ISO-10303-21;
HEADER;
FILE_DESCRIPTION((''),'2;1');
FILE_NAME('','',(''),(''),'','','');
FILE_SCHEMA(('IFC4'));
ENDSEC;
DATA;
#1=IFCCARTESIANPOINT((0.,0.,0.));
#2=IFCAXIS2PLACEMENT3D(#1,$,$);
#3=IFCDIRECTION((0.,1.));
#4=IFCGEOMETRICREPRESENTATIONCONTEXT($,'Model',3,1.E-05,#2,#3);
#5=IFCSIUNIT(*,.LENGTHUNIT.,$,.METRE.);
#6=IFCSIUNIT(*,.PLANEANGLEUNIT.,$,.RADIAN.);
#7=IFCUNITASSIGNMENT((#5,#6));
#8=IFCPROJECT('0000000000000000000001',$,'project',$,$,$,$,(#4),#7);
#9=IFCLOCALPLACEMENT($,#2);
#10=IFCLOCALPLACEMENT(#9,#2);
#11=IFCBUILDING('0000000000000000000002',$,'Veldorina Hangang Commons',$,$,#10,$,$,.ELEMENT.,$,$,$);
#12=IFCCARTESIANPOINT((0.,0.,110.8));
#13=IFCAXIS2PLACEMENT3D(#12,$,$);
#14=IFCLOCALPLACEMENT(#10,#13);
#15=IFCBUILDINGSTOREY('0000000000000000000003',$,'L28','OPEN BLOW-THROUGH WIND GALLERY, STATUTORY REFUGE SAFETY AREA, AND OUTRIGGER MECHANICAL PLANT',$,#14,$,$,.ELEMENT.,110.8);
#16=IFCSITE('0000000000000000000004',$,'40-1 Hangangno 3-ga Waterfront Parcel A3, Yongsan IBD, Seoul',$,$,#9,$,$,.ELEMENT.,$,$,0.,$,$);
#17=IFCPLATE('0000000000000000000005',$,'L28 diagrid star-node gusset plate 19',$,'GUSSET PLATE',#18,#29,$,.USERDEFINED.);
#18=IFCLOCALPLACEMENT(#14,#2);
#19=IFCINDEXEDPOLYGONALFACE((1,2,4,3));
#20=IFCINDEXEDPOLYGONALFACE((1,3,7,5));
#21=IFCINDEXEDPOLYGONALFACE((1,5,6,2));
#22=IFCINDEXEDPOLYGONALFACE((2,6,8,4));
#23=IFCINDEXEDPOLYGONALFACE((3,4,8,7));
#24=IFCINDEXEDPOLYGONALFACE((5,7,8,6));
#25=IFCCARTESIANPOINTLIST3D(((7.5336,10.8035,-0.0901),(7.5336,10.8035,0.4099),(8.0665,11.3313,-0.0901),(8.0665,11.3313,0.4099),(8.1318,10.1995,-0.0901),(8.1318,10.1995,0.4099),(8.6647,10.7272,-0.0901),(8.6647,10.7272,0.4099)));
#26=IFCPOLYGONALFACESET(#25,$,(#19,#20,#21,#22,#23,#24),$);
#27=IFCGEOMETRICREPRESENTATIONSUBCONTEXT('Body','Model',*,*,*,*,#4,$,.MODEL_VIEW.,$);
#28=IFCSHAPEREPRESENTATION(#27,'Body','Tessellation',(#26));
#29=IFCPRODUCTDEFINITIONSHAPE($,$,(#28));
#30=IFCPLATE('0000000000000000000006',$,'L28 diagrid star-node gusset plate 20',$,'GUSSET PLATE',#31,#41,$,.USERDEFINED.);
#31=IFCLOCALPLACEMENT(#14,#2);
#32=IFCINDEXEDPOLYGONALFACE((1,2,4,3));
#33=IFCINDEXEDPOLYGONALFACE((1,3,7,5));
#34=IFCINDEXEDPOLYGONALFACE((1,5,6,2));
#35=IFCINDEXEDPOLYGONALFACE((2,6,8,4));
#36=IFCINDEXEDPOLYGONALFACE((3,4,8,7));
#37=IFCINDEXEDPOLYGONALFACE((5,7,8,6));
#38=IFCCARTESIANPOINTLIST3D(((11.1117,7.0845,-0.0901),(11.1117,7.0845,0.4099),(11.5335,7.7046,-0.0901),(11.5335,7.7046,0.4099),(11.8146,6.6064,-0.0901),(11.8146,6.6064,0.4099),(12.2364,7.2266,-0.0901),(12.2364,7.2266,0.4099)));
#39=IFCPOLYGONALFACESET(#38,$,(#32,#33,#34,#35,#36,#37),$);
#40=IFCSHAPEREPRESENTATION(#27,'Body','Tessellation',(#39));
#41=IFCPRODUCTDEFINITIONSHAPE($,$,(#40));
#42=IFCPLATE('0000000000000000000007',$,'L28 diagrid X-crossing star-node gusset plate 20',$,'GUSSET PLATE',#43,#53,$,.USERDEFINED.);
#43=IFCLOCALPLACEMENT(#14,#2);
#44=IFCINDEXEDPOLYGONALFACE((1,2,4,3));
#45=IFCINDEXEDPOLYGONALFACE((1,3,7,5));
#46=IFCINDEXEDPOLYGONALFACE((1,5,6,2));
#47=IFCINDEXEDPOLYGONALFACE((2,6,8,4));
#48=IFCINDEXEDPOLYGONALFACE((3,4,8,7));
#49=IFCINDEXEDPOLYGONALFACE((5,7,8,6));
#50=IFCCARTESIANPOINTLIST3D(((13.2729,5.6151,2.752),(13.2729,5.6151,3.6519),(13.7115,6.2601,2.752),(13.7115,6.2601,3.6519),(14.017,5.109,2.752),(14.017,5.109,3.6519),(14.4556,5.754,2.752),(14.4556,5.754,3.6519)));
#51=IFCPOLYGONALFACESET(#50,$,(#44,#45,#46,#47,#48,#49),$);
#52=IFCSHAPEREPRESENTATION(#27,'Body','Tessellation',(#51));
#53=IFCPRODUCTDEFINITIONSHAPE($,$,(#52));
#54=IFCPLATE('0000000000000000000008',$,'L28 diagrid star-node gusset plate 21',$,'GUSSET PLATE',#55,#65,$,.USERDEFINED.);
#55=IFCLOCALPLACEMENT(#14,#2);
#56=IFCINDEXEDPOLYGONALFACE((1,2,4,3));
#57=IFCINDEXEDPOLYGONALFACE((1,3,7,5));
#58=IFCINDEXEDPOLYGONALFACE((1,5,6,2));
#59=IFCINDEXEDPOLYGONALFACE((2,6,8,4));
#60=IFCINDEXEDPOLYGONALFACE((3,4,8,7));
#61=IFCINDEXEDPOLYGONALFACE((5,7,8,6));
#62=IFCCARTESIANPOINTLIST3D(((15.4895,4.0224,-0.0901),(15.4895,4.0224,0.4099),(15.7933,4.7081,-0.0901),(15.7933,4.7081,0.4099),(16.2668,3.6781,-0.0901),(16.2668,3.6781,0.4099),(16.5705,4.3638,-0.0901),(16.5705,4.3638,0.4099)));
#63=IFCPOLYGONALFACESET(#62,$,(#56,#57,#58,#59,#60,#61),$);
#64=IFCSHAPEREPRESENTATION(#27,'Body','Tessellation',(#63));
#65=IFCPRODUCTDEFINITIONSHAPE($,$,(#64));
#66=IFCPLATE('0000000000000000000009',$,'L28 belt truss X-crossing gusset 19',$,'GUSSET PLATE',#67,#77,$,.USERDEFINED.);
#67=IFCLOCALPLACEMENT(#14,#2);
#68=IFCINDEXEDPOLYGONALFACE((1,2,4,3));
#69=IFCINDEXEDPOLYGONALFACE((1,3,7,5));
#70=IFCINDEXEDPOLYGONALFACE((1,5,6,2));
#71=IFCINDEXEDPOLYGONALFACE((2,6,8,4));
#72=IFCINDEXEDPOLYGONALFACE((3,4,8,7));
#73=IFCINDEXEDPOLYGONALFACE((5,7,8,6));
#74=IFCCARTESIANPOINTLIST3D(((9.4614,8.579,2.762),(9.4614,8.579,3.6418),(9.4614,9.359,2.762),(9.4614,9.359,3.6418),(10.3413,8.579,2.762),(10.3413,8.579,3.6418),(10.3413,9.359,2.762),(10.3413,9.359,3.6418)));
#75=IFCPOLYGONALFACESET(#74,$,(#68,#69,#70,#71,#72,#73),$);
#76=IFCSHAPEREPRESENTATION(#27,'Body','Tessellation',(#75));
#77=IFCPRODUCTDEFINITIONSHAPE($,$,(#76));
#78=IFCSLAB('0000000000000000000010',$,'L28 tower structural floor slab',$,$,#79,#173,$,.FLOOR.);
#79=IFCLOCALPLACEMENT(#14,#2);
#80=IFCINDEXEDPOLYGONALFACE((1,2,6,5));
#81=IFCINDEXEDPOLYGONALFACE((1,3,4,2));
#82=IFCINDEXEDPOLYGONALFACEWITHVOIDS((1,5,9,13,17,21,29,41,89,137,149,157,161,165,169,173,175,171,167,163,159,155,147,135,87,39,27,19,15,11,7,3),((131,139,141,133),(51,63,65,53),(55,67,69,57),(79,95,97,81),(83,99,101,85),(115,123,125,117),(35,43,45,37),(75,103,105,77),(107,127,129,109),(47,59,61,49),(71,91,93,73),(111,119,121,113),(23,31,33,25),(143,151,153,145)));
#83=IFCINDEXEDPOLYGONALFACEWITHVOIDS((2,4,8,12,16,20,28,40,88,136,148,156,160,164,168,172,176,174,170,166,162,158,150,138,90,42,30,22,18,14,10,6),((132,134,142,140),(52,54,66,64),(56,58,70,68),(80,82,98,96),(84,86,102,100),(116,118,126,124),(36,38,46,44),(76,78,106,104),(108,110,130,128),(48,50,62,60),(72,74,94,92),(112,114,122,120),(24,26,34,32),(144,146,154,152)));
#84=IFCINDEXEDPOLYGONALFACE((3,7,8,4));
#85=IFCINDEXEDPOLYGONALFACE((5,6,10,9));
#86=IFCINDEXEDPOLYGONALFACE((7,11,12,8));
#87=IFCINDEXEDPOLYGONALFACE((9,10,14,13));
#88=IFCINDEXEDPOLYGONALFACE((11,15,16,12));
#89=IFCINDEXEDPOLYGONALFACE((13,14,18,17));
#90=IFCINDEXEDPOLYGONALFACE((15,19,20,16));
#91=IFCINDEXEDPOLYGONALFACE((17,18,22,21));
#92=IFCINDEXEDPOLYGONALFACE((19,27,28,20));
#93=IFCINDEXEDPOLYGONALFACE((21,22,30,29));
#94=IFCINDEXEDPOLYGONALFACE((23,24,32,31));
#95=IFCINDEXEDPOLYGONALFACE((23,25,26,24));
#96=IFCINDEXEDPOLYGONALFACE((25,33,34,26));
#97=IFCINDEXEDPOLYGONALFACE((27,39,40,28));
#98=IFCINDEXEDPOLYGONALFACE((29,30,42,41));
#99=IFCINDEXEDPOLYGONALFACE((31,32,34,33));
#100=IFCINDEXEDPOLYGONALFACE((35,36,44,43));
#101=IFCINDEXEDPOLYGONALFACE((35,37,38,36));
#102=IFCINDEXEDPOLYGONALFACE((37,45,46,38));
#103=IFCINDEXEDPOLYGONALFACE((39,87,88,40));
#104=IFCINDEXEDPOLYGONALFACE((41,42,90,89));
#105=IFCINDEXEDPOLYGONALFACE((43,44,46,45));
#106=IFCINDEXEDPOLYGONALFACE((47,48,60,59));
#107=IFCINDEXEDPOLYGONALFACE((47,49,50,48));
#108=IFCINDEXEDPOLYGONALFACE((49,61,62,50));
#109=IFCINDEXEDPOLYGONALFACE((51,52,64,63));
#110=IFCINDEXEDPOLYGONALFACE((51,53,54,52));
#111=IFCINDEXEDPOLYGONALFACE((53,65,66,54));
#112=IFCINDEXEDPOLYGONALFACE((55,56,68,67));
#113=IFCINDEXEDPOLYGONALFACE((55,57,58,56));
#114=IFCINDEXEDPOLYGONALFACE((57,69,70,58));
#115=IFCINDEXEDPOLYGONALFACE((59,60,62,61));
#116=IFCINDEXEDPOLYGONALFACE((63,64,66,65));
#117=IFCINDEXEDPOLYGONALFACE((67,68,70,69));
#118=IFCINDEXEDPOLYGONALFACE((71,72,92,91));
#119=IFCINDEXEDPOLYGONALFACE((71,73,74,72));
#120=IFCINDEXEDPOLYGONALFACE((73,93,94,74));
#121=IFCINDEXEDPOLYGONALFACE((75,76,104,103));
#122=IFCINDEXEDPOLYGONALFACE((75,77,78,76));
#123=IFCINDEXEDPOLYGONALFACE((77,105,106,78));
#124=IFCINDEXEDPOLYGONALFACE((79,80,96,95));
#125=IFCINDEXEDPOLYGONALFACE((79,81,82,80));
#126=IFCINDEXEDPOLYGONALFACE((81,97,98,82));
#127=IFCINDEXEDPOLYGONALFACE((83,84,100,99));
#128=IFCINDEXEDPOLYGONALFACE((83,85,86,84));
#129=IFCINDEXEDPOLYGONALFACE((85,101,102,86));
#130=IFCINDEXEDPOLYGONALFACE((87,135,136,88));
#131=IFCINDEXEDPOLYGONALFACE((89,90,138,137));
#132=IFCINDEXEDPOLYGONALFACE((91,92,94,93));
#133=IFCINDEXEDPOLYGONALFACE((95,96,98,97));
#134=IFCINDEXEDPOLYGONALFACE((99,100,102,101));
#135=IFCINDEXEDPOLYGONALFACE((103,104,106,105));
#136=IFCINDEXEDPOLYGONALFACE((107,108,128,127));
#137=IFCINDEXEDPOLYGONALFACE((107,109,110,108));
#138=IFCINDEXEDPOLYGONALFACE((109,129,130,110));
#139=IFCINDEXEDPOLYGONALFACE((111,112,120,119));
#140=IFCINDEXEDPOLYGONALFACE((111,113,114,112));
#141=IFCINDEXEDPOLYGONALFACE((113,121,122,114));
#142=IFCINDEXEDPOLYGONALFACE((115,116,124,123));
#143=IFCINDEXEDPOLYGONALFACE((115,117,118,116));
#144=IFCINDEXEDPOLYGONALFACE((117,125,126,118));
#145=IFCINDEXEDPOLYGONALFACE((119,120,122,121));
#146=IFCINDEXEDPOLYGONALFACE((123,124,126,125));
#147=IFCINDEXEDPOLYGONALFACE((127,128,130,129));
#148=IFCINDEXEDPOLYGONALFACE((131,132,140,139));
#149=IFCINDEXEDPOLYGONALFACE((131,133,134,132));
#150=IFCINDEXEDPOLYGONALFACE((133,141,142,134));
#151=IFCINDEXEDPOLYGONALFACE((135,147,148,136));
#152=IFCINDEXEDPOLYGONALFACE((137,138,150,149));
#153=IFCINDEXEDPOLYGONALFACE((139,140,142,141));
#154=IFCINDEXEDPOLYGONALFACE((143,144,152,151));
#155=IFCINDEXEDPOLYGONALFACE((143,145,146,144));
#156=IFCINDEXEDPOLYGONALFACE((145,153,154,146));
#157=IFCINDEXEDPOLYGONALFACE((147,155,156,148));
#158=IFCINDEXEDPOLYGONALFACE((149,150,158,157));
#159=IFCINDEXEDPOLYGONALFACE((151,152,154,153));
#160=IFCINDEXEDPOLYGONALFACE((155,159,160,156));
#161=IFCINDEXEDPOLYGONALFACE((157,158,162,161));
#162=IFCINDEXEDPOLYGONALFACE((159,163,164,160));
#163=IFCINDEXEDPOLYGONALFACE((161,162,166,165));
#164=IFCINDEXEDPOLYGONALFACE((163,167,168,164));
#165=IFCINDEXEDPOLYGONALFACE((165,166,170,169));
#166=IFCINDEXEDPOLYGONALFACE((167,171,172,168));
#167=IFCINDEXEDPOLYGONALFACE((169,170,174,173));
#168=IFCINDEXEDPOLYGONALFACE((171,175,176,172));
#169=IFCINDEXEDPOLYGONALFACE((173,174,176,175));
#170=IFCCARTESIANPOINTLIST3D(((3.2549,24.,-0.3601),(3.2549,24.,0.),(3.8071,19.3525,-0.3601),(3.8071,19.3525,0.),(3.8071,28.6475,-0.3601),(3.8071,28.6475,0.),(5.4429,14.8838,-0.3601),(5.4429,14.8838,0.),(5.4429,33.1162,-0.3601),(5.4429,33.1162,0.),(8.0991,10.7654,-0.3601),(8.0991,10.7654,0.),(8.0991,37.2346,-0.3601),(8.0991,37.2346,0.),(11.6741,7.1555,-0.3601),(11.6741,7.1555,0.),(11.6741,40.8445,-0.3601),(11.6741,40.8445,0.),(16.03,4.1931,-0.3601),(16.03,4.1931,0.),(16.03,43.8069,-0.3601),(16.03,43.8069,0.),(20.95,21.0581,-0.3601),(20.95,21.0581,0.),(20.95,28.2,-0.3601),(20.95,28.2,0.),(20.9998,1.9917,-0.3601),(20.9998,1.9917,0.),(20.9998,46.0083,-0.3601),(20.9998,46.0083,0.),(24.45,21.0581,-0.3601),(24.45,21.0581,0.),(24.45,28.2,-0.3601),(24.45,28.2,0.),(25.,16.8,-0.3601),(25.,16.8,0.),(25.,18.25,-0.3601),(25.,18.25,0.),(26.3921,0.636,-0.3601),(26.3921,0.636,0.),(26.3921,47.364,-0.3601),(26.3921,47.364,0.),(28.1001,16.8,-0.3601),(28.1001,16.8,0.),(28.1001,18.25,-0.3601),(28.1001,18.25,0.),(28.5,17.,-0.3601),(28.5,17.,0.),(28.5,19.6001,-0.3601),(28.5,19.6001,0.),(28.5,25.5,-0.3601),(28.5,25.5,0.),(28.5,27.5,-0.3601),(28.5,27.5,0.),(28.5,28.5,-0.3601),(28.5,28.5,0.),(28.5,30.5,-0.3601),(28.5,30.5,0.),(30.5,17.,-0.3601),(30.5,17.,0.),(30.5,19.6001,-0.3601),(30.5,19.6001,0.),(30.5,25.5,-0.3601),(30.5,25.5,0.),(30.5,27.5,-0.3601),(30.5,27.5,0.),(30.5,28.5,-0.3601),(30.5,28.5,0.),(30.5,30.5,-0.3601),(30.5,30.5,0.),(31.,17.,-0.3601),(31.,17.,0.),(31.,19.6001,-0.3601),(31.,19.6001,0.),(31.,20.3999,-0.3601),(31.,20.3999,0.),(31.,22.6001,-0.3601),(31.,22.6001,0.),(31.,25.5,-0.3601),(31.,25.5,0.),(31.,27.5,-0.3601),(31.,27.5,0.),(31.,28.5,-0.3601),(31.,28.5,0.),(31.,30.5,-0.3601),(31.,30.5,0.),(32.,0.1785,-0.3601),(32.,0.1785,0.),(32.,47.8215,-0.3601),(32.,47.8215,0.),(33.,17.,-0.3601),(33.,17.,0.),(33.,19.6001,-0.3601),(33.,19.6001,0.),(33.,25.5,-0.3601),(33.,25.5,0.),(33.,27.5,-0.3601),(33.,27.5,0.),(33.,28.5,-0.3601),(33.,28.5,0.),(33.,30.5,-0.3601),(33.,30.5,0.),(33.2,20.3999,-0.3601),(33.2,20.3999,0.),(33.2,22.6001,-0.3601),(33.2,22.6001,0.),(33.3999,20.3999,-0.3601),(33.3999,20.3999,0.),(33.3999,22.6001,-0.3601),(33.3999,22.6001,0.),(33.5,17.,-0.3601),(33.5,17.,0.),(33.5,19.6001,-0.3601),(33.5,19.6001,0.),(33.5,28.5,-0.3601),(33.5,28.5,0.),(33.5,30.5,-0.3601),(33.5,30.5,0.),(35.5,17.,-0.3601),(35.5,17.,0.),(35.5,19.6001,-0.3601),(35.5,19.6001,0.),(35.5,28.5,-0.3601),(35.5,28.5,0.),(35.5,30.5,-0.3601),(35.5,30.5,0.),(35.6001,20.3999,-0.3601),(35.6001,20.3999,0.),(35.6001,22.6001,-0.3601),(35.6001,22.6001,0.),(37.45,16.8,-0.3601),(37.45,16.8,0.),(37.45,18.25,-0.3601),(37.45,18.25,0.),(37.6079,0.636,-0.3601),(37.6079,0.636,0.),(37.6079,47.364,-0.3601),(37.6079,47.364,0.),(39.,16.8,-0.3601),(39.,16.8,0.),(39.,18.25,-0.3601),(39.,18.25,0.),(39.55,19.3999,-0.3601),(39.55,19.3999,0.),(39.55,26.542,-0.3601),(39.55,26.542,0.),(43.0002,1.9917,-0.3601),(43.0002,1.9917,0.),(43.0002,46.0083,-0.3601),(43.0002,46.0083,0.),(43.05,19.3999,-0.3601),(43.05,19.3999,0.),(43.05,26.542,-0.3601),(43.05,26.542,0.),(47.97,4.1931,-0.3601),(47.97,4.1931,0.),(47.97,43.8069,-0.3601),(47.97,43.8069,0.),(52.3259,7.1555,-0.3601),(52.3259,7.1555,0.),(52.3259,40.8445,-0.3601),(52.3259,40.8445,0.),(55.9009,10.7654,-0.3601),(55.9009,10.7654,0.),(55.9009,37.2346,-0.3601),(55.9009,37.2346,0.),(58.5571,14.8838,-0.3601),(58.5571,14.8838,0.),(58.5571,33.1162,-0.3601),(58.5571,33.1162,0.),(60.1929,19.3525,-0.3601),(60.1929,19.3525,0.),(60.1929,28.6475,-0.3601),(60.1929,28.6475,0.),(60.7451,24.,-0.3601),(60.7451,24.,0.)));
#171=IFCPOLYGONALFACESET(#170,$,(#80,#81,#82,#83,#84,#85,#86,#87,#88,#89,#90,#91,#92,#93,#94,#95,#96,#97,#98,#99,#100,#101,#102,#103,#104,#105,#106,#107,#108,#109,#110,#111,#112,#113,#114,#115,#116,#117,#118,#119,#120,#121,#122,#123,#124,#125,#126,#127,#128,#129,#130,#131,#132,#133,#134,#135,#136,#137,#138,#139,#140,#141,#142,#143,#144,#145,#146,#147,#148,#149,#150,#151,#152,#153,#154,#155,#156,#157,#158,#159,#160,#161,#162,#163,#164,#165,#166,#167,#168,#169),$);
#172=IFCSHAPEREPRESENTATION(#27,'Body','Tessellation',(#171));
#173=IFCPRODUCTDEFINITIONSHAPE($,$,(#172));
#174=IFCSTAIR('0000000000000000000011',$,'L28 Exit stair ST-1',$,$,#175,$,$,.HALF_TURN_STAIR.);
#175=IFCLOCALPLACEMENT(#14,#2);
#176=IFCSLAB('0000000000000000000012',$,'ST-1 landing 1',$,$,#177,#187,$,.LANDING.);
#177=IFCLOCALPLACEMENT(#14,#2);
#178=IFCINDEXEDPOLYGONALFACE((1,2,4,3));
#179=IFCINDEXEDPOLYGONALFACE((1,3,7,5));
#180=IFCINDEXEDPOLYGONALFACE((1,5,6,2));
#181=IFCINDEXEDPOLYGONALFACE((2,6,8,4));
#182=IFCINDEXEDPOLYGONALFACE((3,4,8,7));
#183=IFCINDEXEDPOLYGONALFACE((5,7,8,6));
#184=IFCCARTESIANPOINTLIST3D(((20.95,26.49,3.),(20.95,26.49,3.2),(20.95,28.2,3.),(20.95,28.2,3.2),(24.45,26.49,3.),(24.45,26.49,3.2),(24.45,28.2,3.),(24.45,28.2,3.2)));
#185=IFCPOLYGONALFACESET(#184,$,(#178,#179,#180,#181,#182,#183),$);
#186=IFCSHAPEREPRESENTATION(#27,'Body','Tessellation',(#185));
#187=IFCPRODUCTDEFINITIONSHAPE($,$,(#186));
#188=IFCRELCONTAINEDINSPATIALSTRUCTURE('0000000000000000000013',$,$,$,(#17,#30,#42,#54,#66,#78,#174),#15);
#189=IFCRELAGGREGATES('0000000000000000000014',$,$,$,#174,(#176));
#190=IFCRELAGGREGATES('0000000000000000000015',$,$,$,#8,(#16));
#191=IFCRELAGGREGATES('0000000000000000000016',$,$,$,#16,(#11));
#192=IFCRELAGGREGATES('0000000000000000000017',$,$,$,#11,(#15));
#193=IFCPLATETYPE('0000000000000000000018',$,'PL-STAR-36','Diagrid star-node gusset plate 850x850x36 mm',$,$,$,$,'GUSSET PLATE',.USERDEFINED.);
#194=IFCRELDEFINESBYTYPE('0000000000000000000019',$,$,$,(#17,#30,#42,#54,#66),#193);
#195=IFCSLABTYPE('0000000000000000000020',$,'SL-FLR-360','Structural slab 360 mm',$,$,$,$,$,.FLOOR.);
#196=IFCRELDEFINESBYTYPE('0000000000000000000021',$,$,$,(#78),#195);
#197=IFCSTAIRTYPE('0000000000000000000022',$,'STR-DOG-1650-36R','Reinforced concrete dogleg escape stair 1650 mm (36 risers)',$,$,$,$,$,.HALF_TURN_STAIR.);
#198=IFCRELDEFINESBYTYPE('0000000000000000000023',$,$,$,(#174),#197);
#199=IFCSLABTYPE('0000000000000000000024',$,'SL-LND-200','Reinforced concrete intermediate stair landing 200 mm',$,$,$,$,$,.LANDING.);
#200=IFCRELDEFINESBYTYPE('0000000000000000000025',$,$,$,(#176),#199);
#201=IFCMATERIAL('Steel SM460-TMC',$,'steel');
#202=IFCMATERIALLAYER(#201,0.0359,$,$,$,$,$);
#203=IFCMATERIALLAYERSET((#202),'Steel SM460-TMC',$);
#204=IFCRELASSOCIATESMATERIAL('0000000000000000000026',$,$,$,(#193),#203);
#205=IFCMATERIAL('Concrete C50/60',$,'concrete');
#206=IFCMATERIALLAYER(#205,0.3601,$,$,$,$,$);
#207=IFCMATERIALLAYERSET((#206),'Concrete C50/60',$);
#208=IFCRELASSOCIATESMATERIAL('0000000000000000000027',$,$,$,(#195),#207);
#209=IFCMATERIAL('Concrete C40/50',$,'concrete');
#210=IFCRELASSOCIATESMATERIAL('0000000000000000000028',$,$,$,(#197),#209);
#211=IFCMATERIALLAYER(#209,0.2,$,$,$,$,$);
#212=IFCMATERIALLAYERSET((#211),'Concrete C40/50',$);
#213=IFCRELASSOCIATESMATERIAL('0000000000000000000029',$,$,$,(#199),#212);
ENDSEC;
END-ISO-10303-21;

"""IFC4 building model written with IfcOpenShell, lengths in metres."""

from ifc_helpers import new_model, si_unit, direction, frame, origin, origin_2d, place, context, subcontext, project, spatial, polyline, rectangle, outline, extrude, material, layer, layer_set, type_object, element, aggregate, save


model = new_model("IFC4")

# Units and contexts
model_context = context("Model", 3, precision=1e-05, world=origin(), true_north=direction((0.0, 1.0)))
body_context = subcontext(model_context, "Body", "Model", "MODEL_VIEW")
ifc_project = project(units=[si_unit("LENGTHUNIT", "METRE"), si_unit("PLANEANGLEUNIT", "RADIAN")], contexts=[model_context])

# Site, building, storey
site_placement = place(None, origin())
site = spatial("IfcSite", under=ifc_project, at=site_placement, Name="40-1 Hangangno 3-ga Waterfront Parcel A3, Yongsan IBD, Seoul", CompositionType="ELEMENT", RefElevation=0.0)
building_placement = place(site_placement, origin())
building = spatial("IfcBuilding", under=site, at=building_placement, Name="Veldorina Hangang Commons", CompositionType="ELEMENT")
storey_placement = place(building_placement, frame((0.0, 0.0, 110.8)))
storey = spatial("IfcBuildingStorey", under=building, at=storey_placement, Name="L28", Description="OPEN BLOW-THROUGH WIND GALLERY, STATUTORY REFUGE SAFETY AREA, AND OUTRIGGER MECHANICAL PLANT", CompositionType="ELEMENT", Elevation=110.8)

# Shared definitions
ifc_material_1 = material(Name="Steel SM460-TMC", Category="steel")

# Plates
ifc_layer_1 = layer(ifc_material_1, 0.0359)
ifc_layer_set_1 = layer_set([ifc_layer_1], Name="Steel SM460-TMC")
plate_type = type_object("IfcPlateType", Name="PL-STAR-36", Description="Diagrid star-node gusset plate 850x850x36 mm", ElementType="GUSSET PLATE", PredefinedType="USERDEFINED", material=ifc_layer_set_1)
for number, where, z_axis, x_axis, name in (
    (1, (8.0991, 10.7654, -0.0901), (0.0, 0.0, 1.0), (0.703668, -0.710529, 0.0), "L28 diagrid star-node gusset plate 19"),
    (2, (11.6741, 7.1555, -0.0901), (0.0, 0.0, 1.0), (0.826884, -0.562372, 0.0), "L28 diagrid star-node gusset plate 20"),
):
    element("IfcPlate", number, at=place(storey_placement, frame(where, z_axis=z_axis, x_axis=x_axis)), inside=storey, type_object=plate_type, Name=name, ObjectType="GUSSET PLATE", PredefinedType="USERDEFINED", context=body_context, shape_type="SweptSolid", body=[
        extrude(rectangle(XDim=0.8501, YDim=0.75, at=origin_2d()), origin(), (0.0, 0.0, 1.0), 0.5),
    ])
plate_1_placement = place(storey_placement, frame((13.8643, 5.6846, 2.752), z_axis=(0.0, 0.0, 1.0), x_axis=(0.826884, -0.562372, 0.0)))
element("IfcPlate", 3, at=plate_1_placement, inside=storey, type_object=plate_type, Name="L28 diagrid X-crossing star-node gusset plate 20", ObjectType="GUSSET PLATE", PredefinedType="USERDEFINED", context=body_context, shape_type="SweptSolid", body=[
    extrude(rectangle(XDim=0.8999, YDim=0.78, at=origin_2d()), origin(), (0.0, 0.0, 1.0), 0.8999),
])
plate_2_placement = place(storey_placement, frame((16.03, 4.1931, -0.0901), z_axis=(0.0, 0.0, 1.0), x_axis=(0.914311, -0.405014, 0.0)))
element("IfcPlate", 4, at=plate_2_placement, inside=storey, type_object=plate_type, Name="L28 diagrid star-node gusset plate 21", ObjectType="GUSSET PLATE", PredefinedType="USERDEFINED", context=body_context, shape_type="SweptSolid", body=[
    extrude(rectangle(XDim=0.8501, YDim=0.75, at=origin_2d()), origin(), (0.0, 0.0, 1.0), 0.5),
])
plate_3_placement = place(storey_placement, frame((9.9014, 8.969, 2.762), z_axis=(0.0, 0.0, 1.0), x_axis=(1.0, 0.0, 0.0)))
element("IfcPlate", 5, at=plate_3_placement, inside=storey, type_object=plate_type, Name="L28 belt truss X-crossing gusset 19", ObjectType="GUSSET PLATE", PredefinedType="USERDEFINED", context=body_context, shape_type="SweptSolid", body=[
    extrude(rectangle(XDim=0.8799, YDim=0.78, at=origin_2d()), origin(), (0.0, 0.0, 1.0), 0.8799),
])

# Slab
ifc_material_2 = material(Name="Concrete C50/60", Category="concrete")
ifc_layer_2 = layer(ifc_material_2, 0.3601)
ifc_layer_set_2 = layer_set([ifc_layer_2], Name="Concrete C50/60")
slab_type_1 = type_object("IfcSlabType", Name="SL-FLR-360", Description="Structural slab 360 mm", PredefinedType="FLOOR", material=ifc_layer_set_2)
slab_1_placement = place(storey_placement, frame((0.0, 0.0, -0.3601)))
element("IfcSlab", 6, at=slab_1_placement, inside=storey, type_object=slab_type_1, Name="L28 tower structural floor slab", PredefinedType="FLOOR", context=body_context, shape_type="SweptSolid", body=[
    extrude(outline(polyline([(60.7451, 24.0), (60.1929, 28.6475), (58.5571, 33.1162), (55.9009, 37.2346), (52.3259, 40.8445), (47.97, 43.8069), (43.0002, 46.0083), (37.6079, 47.364), (32.0, 47.8215), (26.3921, 47.364), (20.9998, 46.0083), (16.03, 43.8069), (11.6741, 40.8445), (8.0991, 37.2346), (5.4429, 33.1162), (3.8071, 28.6475), (3.2549, 24.0), (3.8071, 19.3525), (5.4429, 14.8838), (8.0991, 10.7654), (11.6741, 7.1555), (16.03, 4.1931), (20.9998, 1.9917), (26.3921, 0.636), (32.0, 0.1785), (37.6079, 0.636), (43.0002, 1.9917), (47.97, 4.1931), (52.3259, 7.1555), (55.9009, 10.7654), (58.5571, 14.8838), (60.1929, 19.3525), (60.7451, 24.0)]), holes=[polyline([(20.95, 21.0581), (20.95, 28.2), (24.45, 28.2), (24.45, 21.0581), (20.95, 21.0581)]), polyline([(43.05, 26.542), (43.05, 19.3999), (39.55, 19.3999), (39.55, 26.542), (43.05, 26.542)]), polyline([(28.5, 30.5), (30.5, 30.5), (30.5, 28.5), (28.5, 28.5), (28.5, 30.5)]), polyline([(31.0, 30.5), (33.0, 30.5), (33.0, 28.5), (31.0, 28.5), (31.0, 30.5)]), polyline([(33.5, 30.5), (35.5, 30.5), (35.5, 28.5), (33.5, 28.5), (33.5, 30.5)]), polyline([(28.5, 27.5), (30.5, 27.5), (30.5, 25.5), (28.5, 25.5), (28.5, 27.5)]), polyline([(31.0, 27.5), (33.0, 27.5), (33.0, 25.5), (31.0, 25.5), (31.0, 27.5)]), polyline([(31.0, 22.6001), (33.2, 22.6001), (33.2, 20.3999), (31.0, 20.3999), (31.0, 22.6001)]), polyline([(33.3999, 22.6001), (35.6001, 22.6001), (35.6001, 20.3999), (33.3999, 20.3999), (33.3999, 22.6001)]), polyline([(28.5, 19.6001), (30.5, 19.6001), (30.5, 17.0), (28.5, 17.0), (28.5, 19.6001)]), polyline([(31.0, 19.6001), (33.0, 19.6001), (33.0, 17.0), (31.0, 17.0), (31.0, 19.6001)]), polyline([(33.5, 19.6001), (35.5, 19.6001), (35.5, 17.0), (33.5, 17.0), (33.5, 19.6001)]), polyline([(25.0, 18.25), (28.1001, 18.25), (28.1001, 16.8), (25.0, 16.8), (25.0, 18.25)]), polyline([(37.45, 18.25), (39.0, 18.25), (39.0, 16.8), (37.45, 16.8), (37.45, 18.25)])]), origin(), (0.0, 0.0, 1.0), 0.3601),
])

# Stair, slab
ifc_material_3 = material(Name="Concrete C40/50", Category="concrete")
stair_type = type_object("IfcStairType", Name="STR-DOG-1650-36R", Description="Reinforced concrete dogleg escape stair 1650 mm (36 risers)", PredefinedType="HALF_TURN_STAIR", material=ifc_material_3)
stair_1_placement = place(storey_placement, origin())
stair_1 = element("IfcStair", 7, at=stair_1_placement, inside=storey, type_object=stair_type, Name="L28 Exit stair ST-1", PredefinedType="HALF_TURN_STAIR")
ifc_layer_3 = layer(ifc_material_3, 0.2)
ifc_layer_set_3 = layer_set([ifc_layer_3], Name="Concrete C40/50")
slab_type_2 = type_object("IfcSlabType", Name="SL-LND-200", Description="Reinforced concrete intermediate stair landing 200 mm", PredefinedType="LANDING", material=ifc_layer_set_3)
slab_2_placement = place(storey_placement, frame((0.0, 0.0, 3.0)))
slab_2 = element("IfcSlab", 8, at=slab_2_placement, type_object=slab_type_2, Name="ST-1 landing 1", PredefinedType="LANDING", context=body_context, shape_type="SweptSolid", body=[
    extrude(outline(polyline([(24.45, 26.49), (24.45, 28.2), (20.95, 28.2), (20.95, 26.49), (24.45, 26.49)])), origin(), (0.0, 0.0, 1.0), 0.2),
])
aggregate(stair_1, [slab_2])

save(model, "model.ifc")
